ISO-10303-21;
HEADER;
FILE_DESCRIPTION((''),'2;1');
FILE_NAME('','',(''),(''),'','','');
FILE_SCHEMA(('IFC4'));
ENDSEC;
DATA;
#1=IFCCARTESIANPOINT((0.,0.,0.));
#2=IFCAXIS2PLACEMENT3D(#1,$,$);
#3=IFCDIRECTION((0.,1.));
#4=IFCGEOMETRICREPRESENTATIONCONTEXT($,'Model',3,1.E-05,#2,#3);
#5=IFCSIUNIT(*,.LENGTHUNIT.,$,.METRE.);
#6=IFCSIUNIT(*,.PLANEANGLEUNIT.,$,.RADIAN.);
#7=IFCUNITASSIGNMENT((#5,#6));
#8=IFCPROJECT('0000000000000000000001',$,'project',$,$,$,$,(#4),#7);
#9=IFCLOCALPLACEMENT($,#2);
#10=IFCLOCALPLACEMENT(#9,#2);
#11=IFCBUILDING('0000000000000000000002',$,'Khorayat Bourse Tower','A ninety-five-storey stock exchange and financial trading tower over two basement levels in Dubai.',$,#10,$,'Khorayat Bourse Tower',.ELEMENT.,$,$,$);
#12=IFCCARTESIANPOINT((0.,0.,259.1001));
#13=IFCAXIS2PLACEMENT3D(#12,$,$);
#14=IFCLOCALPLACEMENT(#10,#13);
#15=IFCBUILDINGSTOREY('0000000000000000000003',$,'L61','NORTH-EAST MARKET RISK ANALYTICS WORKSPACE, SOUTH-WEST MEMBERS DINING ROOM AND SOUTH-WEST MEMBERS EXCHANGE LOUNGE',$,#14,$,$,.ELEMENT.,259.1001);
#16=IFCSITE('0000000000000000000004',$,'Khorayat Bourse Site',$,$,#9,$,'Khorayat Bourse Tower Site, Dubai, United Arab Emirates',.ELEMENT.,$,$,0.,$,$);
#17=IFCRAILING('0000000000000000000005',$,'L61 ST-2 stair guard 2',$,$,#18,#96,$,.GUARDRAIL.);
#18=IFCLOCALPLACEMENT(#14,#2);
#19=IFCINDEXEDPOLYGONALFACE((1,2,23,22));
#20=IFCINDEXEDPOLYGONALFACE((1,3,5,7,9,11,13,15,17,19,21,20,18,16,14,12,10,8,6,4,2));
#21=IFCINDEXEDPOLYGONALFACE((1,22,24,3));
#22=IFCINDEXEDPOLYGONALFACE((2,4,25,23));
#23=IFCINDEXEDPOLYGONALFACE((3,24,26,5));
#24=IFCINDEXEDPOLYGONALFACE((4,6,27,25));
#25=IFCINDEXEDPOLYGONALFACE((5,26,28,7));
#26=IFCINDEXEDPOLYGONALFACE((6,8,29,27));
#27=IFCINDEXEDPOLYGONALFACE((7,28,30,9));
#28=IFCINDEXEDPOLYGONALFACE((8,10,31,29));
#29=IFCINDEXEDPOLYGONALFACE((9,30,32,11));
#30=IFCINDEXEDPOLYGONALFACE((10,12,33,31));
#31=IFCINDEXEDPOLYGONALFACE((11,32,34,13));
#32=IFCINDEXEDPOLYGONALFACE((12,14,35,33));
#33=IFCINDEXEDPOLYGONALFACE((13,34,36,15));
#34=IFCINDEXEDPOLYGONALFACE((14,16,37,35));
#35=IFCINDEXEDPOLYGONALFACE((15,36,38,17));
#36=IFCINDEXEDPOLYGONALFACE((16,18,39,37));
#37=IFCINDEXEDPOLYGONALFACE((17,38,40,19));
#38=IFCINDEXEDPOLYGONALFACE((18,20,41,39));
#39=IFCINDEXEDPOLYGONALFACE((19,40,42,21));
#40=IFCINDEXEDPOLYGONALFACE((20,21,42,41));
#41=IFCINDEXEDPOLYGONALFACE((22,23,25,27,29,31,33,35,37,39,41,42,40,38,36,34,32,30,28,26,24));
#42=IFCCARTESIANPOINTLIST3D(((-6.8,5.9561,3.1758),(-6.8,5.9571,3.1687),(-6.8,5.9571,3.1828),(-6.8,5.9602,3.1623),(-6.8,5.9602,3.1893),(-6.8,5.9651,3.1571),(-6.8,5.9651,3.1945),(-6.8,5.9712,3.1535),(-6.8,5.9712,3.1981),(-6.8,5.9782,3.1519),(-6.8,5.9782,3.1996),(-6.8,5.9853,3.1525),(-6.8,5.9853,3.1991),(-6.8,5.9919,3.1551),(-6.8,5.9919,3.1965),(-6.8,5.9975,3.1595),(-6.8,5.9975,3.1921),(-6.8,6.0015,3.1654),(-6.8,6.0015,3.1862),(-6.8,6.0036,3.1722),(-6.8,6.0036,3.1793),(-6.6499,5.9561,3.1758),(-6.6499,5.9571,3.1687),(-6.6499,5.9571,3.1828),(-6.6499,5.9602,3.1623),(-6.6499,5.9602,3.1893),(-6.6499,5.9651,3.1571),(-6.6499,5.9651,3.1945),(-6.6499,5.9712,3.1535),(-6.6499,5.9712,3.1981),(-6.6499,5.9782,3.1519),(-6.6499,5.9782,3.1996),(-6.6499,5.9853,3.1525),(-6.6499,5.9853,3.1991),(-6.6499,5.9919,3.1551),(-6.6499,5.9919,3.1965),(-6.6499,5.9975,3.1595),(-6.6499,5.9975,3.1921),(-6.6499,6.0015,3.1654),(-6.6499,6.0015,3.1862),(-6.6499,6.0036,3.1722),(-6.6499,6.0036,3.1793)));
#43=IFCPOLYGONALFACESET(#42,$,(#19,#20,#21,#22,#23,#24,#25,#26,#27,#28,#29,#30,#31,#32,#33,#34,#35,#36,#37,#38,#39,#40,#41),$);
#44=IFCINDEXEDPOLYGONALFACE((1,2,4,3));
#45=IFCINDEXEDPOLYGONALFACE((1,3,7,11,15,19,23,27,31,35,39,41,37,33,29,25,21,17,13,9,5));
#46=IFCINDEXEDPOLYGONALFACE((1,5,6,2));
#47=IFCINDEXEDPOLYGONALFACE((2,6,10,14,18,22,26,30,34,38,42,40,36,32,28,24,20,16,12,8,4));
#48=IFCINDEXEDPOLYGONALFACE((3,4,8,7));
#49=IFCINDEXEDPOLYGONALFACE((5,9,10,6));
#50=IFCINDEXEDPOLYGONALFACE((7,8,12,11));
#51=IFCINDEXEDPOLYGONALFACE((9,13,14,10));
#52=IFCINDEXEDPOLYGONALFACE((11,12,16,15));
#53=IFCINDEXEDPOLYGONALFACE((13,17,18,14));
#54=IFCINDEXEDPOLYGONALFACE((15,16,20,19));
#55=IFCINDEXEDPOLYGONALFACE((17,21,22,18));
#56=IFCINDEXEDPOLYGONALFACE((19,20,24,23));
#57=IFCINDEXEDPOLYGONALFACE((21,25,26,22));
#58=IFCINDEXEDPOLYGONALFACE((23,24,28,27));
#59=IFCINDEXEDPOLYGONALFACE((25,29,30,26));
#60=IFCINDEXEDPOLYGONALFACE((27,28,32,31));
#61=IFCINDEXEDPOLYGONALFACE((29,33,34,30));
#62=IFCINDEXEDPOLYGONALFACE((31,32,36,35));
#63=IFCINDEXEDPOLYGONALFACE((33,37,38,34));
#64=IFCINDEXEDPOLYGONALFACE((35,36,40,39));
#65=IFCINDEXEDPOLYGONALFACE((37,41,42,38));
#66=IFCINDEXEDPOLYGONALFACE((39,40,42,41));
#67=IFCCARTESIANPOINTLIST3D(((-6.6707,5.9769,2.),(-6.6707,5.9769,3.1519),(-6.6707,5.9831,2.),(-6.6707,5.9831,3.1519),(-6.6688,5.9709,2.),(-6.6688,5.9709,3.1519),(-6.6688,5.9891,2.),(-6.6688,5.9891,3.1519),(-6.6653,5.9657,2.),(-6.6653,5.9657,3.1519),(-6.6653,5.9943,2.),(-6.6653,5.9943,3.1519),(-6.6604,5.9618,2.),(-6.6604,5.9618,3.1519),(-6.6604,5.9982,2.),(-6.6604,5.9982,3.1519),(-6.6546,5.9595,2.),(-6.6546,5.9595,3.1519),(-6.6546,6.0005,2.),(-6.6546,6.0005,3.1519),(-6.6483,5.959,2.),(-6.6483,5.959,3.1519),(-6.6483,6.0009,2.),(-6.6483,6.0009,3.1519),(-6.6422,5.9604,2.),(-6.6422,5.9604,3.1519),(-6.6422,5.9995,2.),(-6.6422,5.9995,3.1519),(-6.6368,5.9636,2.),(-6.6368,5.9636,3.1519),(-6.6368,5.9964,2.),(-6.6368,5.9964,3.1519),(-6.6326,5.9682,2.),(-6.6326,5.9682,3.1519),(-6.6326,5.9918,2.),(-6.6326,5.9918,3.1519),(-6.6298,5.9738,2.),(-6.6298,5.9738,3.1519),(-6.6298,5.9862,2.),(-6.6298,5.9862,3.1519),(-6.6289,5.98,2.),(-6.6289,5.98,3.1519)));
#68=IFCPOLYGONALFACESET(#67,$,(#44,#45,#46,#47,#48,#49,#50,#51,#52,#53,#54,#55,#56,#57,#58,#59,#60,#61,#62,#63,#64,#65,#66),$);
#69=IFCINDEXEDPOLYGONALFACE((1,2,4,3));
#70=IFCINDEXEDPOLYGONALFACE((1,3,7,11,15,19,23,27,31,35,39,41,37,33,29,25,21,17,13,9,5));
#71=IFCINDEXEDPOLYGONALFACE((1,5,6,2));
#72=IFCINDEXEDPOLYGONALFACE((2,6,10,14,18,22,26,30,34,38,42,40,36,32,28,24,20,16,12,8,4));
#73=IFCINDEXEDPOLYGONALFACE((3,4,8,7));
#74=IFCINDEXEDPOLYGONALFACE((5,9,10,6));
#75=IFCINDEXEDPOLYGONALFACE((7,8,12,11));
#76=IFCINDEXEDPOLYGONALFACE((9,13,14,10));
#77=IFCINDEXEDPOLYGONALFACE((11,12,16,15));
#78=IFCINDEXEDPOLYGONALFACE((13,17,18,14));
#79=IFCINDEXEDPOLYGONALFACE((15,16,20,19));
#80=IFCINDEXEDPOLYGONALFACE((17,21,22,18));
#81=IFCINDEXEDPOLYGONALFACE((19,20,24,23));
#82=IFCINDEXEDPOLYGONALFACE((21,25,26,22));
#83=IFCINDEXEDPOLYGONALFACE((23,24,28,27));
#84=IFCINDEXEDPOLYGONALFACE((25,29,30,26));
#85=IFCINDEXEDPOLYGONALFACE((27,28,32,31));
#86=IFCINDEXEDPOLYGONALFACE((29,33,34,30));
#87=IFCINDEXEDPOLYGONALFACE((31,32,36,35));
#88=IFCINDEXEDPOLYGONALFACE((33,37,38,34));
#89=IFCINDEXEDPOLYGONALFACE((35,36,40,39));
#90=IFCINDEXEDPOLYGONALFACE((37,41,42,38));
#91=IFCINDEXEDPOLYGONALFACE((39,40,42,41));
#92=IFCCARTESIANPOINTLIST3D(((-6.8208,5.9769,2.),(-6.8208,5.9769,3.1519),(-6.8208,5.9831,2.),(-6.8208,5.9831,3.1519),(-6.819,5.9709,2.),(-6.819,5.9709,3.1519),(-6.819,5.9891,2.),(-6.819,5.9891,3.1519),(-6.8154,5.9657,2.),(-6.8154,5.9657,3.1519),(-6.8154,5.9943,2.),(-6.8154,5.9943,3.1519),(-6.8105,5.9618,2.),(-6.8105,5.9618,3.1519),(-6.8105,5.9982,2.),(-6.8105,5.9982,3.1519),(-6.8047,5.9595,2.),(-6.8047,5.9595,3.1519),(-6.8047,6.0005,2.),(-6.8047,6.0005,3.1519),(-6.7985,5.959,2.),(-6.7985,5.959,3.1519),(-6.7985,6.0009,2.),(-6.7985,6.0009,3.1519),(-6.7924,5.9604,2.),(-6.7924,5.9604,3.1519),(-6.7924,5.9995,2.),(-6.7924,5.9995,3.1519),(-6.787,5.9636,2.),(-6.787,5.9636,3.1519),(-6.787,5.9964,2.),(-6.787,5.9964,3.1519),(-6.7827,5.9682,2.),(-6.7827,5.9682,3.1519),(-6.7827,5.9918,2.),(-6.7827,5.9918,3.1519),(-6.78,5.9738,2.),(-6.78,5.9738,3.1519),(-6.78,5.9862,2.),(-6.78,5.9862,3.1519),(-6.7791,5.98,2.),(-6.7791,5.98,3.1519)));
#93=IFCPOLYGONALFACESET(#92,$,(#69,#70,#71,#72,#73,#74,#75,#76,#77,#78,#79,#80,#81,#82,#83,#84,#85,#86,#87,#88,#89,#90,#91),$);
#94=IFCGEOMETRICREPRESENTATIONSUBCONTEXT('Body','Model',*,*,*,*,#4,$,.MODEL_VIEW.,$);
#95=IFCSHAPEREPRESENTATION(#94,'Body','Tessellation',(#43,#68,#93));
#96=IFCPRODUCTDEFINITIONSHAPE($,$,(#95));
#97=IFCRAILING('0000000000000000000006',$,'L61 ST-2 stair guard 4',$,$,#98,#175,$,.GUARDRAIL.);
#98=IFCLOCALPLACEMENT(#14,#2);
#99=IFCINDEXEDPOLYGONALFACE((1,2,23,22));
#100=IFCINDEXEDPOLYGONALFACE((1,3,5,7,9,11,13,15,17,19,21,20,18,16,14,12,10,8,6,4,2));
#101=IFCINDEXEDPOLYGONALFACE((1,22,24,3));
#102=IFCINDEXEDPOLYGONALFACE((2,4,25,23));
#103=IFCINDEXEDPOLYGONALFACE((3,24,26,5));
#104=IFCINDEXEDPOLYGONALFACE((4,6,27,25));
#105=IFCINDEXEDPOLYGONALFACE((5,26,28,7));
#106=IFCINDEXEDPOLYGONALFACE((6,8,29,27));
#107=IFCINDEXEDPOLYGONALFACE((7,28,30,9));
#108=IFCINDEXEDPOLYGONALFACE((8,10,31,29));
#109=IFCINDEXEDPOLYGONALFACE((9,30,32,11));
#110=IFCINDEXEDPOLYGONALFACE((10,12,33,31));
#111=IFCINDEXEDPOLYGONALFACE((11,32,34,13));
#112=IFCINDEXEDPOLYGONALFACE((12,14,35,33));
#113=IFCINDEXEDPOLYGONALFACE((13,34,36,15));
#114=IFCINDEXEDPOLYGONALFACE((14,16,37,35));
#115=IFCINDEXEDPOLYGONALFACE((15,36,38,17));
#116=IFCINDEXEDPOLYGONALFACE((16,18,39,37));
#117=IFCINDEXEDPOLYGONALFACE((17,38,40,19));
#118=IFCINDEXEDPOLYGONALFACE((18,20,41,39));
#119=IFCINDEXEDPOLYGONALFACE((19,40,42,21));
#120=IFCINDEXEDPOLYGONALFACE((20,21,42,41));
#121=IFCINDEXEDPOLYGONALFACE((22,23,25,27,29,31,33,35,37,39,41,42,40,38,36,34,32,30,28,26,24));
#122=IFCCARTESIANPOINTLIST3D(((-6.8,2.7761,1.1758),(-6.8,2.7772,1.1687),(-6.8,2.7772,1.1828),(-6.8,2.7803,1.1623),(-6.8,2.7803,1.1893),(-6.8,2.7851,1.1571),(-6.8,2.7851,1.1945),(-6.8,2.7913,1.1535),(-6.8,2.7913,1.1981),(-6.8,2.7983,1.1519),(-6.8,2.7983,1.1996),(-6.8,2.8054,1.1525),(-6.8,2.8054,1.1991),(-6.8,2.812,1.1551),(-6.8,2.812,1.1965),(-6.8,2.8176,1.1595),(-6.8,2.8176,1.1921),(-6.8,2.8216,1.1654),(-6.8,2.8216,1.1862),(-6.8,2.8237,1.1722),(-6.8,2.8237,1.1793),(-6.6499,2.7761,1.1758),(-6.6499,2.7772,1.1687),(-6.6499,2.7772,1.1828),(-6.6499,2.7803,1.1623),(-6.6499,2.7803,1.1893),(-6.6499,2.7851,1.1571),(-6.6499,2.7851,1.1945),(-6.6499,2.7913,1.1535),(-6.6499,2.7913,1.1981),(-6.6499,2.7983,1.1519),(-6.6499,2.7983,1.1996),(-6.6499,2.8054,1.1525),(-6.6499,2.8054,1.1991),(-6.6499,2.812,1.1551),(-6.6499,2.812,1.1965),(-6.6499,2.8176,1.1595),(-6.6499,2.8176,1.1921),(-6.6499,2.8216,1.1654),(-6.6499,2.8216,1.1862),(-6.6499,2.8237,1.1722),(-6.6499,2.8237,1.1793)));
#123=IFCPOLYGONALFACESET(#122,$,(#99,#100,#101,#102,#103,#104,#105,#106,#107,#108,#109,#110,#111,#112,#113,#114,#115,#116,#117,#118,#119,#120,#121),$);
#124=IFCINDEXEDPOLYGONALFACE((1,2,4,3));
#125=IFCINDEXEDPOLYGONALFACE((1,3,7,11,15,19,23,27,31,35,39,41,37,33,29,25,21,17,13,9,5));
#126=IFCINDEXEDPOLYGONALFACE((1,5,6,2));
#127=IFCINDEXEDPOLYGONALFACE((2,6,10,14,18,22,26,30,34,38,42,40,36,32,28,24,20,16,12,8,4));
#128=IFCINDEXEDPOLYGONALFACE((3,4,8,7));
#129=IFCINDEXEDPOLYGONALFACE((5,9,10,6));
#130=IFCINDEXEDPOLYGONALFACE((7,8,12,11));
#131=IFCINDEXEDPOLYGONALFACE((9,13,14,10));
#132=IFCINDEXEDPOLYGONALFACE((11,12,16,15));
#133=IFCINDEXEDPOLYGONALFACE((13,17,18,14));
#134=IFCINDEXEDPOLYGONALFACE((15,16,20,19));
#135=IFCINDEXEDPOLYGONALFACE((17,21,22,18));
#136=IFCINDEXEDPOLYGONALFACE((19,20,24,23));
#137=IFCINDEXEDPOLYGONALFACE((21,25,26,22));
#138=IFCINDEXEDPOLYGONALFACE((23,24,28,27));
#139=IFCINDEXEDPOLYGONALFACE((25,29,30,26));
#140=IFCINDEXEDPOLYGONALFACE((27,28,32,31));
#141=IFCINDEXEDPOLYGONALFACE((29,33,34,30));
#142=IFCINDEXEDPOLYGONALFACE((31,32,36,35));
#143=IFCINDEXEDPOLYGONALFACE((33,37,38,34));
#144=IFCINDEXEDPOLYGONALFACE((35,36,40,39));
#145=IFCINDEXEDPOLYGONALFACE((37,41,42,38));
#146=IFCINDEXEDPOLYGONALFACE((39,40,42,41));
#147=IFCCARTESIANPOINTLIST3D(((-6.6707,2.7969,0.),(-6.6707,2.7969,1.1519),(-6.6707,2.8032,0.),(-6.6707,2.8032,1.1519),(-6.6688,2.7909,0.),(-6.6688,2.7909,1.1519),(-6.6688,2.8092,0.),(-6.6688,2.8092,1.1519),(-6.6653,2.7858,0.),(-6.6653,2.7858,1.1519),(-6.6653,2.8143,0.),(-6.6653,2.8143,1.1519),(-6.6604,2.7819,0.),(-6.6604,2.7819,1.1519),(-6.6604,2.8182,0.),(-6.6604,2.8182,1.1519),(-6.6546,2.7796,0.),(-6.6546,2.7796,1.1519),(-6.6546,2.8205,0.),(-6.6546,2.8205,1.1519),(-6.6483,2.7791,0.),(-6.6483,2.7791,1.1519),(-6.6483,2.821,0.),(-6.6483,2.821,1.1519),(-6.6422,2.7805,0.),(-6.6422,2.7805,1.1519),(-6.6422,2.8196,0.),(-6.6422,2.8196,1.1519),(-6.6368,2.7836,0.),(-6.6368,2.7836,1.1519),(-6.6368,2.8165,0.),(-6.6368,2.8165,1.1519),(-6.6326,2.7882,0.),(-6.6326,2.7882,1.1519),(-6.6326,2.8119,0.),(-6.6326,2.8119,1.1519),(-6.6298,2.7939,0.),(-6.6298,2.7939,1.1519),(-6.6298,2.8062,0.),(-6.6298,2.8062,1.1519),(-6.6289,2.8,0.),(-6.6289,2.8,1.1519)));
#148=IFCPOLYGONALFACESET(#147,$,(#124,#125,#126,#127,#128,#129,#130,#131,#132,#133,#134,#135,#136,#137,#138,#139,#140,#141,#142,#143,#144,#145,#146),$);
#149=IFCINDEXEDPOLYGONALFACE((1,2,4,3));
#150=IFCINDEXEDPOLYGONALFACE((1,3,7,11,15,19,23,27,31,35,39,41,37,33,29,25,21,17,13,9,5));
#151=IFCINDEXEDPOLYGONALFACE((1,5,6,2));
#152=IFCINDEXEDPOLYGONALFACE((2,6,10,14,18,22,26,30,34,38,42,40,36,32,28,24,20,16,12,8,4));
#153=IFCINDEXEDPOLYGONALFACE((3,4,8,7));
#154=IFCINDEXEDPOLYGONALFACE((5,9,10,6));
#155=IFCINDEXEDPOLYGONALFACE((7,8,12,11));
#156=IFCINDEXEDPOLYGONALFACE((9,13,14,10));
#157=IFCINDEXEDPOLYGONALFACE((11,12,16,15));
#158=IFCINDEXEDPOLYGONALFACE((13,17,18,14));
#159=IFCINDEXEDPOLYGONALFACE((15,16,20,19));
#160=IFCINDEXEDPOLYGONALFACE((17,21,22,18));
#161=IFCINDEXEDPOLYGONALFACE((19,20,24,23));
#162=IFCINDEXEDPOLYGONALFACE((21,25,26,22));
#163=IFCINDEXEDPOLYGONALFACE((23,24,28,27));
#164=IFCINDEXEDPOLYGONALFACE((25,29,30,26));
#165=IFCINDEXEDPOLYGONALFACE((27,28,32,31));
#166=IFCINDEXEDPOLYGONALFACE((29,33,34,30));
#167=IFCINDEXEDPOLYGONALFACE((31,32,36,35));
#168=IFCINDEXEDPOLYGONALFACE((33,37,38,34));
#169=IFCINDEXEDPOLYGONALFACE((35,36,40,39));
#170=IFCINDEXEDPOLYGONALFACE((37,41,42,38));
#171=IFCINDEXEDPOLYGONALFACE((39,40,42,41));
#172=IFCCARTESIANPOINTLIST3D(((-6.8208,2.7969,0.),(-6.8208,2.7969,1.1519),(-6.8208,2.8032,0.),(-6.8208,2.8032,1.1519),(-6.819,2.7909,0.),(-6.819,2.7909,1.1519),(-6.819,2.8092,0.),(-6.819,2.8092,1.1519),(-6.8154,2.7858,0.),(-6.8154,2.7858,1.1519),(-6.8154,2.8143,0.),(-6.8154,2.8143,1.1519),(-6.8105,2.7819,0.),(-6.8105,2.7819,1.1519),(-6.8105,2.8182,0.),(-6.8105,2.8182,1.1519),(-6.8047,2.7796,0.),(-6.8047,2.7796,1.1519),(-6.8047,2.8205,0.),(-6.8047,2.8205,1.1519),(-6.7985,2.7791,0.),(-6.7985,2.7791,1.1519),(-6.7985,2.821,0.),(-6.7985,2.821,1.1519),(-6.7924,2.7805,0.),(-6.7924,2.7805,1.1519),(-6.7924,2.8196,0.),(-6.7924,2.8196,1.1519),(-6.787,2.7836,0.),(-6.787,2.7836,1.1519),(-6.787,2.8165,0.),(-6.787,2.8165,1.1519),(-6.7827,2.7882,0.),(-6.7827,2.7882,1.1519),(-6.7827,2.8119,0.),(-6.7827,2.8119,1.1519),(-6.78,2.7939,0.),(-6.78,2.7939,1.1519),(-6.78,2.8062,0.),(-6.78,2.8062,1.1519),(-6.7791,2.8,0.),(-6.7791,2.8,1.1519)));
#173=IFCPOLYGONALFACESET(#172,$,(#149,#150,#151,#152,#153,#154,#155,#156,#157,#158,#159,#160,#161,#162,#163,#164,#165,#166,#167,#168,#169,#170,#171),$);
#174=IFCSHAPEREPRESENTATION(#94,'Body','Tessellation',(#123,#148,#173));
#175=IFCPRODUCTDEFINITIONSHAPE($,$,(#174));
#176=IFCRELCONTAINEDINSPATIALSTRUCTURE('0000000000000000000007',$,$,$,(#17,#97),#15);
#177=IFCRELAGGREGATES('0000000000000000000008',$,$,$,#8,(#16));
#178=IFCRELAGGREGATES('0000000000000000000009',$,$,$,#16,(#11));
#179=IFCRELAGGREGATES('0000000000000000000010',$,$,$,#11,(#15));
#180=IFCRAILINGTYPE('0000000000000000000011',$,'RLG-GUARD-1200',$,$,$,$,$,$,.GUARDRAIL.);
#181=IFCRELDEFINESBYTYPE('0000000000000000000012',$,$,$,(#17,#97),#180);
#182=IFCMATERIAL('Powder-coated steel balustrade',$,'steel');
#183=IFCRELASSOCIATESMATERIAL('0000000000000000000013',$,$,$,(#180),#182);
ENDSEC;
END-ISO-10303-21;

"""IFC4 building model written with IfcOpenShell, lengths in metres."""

from ifc_helpers import new_model, si_unit, direction, frame, origin, origin_2d, place, context, subcontext, project, spatial, circle, extrude, source, transform, mapped, material, type_object, element, save


model = new_model("IFC4")

# Units and contexts
model_context = context("Model", 3, precision=1e-05, world=origin(), true_north=direction((0.0, 1.0)))
body_context = subcontext(model_context, "Body", "Model", "MODEL_VIEW")
ifc_project = project(units=[si_unit("LENGTHUNIT", "METRE"), si_unit("PLANEANGLEUNIT", "RADIAN")], contexts=[model_context])

# Site, building, storey
site_placement = place(None, origin())
site = spatial("IfcSite", under=ifc_project, at=site_placement, Name="Khorayat Bourse Site", LongName="Khorayat Bourse Tower Site, Dubai, United Arab Emirates", CompositionType="ELEMENT", RefElevation=0.0)
building_placement = place(site_placement, origin())
building = spatial("IfcBuilding", under=site, at=building_placement, Name="Khorayat Bourse Tower", Description="A ninety-five-storey stock exchange and financial trading tower over two basement levels in Dubai.", LongName="Khorayat Bourse Tower", CompositionType="ELEMENT")
storey_placement = place(building_placement, frame((0.0, 0.0, 259.1001)))
storey = spatial("IfcBuildingStorey", under=building, at=storey_placement, Name="L61", Description="NORTH-EAST MARKET RISK ANALYTICS WORKSPACE, SOUTH-WEST MEMBERS DINING ROOM AND SOUTH-WEST MEMBERS EXCHANGE LOUNGE", CompositionType="ELEMENT", Elevation=259.1001)

# Railings
ifc_material_1 = material(Name="Powder-coated steel balustrade", Category="steel")
railing_type_1 = type_object("IfcRailingType", Name="RLG-GUARD-1200", PredefinedType="GUARDRAIL", material=ifc_material_1)
shared_shape_1 = source(origin(), body_context, "Body", "SweptSolid", [
    extrude(circle(Radius=0.0239, at=origin_2d()), frame((0.0, 0.0, 1.1758), z_axis=(-1.0, 0.0, 0.0), x_axis=(0.0, -1.0, 0.0)), (0.0, 0.0, 1.0), 0.1501),
    extrude(circle(Radius=0.021, at=origin_2d()), origin(), (0.0, 0.0, 1.0), 1.1519),
    extrude(circle(Radius=0.021, at=origin_2d()), frame((-0.1501, 0.0, 0.0)), (0.0, 0.0, 1.0), 1.1519),
])
for number, where, name in (
    (1, (-6.6499, 5.98, 2.0), "L61 ST-2 stair guard 2"),
    (2, (-6.6499, 2.8, 0.0), "L61 ST-2 stair guard 4"),
):
    element("IfcRailing", number, at=place(storey_placement, frame(where)), inside=storey, type_object=railing_type_1, Name=name, PredefinedType="GUARDRAIL", context=body_context, shape_type="MappedRepresentation", body=[
        mapped(shared_shape_1, transform((0.0, 0.0, 0.0), scale=1.0)),
    ])

save(model, "model.ifc")
